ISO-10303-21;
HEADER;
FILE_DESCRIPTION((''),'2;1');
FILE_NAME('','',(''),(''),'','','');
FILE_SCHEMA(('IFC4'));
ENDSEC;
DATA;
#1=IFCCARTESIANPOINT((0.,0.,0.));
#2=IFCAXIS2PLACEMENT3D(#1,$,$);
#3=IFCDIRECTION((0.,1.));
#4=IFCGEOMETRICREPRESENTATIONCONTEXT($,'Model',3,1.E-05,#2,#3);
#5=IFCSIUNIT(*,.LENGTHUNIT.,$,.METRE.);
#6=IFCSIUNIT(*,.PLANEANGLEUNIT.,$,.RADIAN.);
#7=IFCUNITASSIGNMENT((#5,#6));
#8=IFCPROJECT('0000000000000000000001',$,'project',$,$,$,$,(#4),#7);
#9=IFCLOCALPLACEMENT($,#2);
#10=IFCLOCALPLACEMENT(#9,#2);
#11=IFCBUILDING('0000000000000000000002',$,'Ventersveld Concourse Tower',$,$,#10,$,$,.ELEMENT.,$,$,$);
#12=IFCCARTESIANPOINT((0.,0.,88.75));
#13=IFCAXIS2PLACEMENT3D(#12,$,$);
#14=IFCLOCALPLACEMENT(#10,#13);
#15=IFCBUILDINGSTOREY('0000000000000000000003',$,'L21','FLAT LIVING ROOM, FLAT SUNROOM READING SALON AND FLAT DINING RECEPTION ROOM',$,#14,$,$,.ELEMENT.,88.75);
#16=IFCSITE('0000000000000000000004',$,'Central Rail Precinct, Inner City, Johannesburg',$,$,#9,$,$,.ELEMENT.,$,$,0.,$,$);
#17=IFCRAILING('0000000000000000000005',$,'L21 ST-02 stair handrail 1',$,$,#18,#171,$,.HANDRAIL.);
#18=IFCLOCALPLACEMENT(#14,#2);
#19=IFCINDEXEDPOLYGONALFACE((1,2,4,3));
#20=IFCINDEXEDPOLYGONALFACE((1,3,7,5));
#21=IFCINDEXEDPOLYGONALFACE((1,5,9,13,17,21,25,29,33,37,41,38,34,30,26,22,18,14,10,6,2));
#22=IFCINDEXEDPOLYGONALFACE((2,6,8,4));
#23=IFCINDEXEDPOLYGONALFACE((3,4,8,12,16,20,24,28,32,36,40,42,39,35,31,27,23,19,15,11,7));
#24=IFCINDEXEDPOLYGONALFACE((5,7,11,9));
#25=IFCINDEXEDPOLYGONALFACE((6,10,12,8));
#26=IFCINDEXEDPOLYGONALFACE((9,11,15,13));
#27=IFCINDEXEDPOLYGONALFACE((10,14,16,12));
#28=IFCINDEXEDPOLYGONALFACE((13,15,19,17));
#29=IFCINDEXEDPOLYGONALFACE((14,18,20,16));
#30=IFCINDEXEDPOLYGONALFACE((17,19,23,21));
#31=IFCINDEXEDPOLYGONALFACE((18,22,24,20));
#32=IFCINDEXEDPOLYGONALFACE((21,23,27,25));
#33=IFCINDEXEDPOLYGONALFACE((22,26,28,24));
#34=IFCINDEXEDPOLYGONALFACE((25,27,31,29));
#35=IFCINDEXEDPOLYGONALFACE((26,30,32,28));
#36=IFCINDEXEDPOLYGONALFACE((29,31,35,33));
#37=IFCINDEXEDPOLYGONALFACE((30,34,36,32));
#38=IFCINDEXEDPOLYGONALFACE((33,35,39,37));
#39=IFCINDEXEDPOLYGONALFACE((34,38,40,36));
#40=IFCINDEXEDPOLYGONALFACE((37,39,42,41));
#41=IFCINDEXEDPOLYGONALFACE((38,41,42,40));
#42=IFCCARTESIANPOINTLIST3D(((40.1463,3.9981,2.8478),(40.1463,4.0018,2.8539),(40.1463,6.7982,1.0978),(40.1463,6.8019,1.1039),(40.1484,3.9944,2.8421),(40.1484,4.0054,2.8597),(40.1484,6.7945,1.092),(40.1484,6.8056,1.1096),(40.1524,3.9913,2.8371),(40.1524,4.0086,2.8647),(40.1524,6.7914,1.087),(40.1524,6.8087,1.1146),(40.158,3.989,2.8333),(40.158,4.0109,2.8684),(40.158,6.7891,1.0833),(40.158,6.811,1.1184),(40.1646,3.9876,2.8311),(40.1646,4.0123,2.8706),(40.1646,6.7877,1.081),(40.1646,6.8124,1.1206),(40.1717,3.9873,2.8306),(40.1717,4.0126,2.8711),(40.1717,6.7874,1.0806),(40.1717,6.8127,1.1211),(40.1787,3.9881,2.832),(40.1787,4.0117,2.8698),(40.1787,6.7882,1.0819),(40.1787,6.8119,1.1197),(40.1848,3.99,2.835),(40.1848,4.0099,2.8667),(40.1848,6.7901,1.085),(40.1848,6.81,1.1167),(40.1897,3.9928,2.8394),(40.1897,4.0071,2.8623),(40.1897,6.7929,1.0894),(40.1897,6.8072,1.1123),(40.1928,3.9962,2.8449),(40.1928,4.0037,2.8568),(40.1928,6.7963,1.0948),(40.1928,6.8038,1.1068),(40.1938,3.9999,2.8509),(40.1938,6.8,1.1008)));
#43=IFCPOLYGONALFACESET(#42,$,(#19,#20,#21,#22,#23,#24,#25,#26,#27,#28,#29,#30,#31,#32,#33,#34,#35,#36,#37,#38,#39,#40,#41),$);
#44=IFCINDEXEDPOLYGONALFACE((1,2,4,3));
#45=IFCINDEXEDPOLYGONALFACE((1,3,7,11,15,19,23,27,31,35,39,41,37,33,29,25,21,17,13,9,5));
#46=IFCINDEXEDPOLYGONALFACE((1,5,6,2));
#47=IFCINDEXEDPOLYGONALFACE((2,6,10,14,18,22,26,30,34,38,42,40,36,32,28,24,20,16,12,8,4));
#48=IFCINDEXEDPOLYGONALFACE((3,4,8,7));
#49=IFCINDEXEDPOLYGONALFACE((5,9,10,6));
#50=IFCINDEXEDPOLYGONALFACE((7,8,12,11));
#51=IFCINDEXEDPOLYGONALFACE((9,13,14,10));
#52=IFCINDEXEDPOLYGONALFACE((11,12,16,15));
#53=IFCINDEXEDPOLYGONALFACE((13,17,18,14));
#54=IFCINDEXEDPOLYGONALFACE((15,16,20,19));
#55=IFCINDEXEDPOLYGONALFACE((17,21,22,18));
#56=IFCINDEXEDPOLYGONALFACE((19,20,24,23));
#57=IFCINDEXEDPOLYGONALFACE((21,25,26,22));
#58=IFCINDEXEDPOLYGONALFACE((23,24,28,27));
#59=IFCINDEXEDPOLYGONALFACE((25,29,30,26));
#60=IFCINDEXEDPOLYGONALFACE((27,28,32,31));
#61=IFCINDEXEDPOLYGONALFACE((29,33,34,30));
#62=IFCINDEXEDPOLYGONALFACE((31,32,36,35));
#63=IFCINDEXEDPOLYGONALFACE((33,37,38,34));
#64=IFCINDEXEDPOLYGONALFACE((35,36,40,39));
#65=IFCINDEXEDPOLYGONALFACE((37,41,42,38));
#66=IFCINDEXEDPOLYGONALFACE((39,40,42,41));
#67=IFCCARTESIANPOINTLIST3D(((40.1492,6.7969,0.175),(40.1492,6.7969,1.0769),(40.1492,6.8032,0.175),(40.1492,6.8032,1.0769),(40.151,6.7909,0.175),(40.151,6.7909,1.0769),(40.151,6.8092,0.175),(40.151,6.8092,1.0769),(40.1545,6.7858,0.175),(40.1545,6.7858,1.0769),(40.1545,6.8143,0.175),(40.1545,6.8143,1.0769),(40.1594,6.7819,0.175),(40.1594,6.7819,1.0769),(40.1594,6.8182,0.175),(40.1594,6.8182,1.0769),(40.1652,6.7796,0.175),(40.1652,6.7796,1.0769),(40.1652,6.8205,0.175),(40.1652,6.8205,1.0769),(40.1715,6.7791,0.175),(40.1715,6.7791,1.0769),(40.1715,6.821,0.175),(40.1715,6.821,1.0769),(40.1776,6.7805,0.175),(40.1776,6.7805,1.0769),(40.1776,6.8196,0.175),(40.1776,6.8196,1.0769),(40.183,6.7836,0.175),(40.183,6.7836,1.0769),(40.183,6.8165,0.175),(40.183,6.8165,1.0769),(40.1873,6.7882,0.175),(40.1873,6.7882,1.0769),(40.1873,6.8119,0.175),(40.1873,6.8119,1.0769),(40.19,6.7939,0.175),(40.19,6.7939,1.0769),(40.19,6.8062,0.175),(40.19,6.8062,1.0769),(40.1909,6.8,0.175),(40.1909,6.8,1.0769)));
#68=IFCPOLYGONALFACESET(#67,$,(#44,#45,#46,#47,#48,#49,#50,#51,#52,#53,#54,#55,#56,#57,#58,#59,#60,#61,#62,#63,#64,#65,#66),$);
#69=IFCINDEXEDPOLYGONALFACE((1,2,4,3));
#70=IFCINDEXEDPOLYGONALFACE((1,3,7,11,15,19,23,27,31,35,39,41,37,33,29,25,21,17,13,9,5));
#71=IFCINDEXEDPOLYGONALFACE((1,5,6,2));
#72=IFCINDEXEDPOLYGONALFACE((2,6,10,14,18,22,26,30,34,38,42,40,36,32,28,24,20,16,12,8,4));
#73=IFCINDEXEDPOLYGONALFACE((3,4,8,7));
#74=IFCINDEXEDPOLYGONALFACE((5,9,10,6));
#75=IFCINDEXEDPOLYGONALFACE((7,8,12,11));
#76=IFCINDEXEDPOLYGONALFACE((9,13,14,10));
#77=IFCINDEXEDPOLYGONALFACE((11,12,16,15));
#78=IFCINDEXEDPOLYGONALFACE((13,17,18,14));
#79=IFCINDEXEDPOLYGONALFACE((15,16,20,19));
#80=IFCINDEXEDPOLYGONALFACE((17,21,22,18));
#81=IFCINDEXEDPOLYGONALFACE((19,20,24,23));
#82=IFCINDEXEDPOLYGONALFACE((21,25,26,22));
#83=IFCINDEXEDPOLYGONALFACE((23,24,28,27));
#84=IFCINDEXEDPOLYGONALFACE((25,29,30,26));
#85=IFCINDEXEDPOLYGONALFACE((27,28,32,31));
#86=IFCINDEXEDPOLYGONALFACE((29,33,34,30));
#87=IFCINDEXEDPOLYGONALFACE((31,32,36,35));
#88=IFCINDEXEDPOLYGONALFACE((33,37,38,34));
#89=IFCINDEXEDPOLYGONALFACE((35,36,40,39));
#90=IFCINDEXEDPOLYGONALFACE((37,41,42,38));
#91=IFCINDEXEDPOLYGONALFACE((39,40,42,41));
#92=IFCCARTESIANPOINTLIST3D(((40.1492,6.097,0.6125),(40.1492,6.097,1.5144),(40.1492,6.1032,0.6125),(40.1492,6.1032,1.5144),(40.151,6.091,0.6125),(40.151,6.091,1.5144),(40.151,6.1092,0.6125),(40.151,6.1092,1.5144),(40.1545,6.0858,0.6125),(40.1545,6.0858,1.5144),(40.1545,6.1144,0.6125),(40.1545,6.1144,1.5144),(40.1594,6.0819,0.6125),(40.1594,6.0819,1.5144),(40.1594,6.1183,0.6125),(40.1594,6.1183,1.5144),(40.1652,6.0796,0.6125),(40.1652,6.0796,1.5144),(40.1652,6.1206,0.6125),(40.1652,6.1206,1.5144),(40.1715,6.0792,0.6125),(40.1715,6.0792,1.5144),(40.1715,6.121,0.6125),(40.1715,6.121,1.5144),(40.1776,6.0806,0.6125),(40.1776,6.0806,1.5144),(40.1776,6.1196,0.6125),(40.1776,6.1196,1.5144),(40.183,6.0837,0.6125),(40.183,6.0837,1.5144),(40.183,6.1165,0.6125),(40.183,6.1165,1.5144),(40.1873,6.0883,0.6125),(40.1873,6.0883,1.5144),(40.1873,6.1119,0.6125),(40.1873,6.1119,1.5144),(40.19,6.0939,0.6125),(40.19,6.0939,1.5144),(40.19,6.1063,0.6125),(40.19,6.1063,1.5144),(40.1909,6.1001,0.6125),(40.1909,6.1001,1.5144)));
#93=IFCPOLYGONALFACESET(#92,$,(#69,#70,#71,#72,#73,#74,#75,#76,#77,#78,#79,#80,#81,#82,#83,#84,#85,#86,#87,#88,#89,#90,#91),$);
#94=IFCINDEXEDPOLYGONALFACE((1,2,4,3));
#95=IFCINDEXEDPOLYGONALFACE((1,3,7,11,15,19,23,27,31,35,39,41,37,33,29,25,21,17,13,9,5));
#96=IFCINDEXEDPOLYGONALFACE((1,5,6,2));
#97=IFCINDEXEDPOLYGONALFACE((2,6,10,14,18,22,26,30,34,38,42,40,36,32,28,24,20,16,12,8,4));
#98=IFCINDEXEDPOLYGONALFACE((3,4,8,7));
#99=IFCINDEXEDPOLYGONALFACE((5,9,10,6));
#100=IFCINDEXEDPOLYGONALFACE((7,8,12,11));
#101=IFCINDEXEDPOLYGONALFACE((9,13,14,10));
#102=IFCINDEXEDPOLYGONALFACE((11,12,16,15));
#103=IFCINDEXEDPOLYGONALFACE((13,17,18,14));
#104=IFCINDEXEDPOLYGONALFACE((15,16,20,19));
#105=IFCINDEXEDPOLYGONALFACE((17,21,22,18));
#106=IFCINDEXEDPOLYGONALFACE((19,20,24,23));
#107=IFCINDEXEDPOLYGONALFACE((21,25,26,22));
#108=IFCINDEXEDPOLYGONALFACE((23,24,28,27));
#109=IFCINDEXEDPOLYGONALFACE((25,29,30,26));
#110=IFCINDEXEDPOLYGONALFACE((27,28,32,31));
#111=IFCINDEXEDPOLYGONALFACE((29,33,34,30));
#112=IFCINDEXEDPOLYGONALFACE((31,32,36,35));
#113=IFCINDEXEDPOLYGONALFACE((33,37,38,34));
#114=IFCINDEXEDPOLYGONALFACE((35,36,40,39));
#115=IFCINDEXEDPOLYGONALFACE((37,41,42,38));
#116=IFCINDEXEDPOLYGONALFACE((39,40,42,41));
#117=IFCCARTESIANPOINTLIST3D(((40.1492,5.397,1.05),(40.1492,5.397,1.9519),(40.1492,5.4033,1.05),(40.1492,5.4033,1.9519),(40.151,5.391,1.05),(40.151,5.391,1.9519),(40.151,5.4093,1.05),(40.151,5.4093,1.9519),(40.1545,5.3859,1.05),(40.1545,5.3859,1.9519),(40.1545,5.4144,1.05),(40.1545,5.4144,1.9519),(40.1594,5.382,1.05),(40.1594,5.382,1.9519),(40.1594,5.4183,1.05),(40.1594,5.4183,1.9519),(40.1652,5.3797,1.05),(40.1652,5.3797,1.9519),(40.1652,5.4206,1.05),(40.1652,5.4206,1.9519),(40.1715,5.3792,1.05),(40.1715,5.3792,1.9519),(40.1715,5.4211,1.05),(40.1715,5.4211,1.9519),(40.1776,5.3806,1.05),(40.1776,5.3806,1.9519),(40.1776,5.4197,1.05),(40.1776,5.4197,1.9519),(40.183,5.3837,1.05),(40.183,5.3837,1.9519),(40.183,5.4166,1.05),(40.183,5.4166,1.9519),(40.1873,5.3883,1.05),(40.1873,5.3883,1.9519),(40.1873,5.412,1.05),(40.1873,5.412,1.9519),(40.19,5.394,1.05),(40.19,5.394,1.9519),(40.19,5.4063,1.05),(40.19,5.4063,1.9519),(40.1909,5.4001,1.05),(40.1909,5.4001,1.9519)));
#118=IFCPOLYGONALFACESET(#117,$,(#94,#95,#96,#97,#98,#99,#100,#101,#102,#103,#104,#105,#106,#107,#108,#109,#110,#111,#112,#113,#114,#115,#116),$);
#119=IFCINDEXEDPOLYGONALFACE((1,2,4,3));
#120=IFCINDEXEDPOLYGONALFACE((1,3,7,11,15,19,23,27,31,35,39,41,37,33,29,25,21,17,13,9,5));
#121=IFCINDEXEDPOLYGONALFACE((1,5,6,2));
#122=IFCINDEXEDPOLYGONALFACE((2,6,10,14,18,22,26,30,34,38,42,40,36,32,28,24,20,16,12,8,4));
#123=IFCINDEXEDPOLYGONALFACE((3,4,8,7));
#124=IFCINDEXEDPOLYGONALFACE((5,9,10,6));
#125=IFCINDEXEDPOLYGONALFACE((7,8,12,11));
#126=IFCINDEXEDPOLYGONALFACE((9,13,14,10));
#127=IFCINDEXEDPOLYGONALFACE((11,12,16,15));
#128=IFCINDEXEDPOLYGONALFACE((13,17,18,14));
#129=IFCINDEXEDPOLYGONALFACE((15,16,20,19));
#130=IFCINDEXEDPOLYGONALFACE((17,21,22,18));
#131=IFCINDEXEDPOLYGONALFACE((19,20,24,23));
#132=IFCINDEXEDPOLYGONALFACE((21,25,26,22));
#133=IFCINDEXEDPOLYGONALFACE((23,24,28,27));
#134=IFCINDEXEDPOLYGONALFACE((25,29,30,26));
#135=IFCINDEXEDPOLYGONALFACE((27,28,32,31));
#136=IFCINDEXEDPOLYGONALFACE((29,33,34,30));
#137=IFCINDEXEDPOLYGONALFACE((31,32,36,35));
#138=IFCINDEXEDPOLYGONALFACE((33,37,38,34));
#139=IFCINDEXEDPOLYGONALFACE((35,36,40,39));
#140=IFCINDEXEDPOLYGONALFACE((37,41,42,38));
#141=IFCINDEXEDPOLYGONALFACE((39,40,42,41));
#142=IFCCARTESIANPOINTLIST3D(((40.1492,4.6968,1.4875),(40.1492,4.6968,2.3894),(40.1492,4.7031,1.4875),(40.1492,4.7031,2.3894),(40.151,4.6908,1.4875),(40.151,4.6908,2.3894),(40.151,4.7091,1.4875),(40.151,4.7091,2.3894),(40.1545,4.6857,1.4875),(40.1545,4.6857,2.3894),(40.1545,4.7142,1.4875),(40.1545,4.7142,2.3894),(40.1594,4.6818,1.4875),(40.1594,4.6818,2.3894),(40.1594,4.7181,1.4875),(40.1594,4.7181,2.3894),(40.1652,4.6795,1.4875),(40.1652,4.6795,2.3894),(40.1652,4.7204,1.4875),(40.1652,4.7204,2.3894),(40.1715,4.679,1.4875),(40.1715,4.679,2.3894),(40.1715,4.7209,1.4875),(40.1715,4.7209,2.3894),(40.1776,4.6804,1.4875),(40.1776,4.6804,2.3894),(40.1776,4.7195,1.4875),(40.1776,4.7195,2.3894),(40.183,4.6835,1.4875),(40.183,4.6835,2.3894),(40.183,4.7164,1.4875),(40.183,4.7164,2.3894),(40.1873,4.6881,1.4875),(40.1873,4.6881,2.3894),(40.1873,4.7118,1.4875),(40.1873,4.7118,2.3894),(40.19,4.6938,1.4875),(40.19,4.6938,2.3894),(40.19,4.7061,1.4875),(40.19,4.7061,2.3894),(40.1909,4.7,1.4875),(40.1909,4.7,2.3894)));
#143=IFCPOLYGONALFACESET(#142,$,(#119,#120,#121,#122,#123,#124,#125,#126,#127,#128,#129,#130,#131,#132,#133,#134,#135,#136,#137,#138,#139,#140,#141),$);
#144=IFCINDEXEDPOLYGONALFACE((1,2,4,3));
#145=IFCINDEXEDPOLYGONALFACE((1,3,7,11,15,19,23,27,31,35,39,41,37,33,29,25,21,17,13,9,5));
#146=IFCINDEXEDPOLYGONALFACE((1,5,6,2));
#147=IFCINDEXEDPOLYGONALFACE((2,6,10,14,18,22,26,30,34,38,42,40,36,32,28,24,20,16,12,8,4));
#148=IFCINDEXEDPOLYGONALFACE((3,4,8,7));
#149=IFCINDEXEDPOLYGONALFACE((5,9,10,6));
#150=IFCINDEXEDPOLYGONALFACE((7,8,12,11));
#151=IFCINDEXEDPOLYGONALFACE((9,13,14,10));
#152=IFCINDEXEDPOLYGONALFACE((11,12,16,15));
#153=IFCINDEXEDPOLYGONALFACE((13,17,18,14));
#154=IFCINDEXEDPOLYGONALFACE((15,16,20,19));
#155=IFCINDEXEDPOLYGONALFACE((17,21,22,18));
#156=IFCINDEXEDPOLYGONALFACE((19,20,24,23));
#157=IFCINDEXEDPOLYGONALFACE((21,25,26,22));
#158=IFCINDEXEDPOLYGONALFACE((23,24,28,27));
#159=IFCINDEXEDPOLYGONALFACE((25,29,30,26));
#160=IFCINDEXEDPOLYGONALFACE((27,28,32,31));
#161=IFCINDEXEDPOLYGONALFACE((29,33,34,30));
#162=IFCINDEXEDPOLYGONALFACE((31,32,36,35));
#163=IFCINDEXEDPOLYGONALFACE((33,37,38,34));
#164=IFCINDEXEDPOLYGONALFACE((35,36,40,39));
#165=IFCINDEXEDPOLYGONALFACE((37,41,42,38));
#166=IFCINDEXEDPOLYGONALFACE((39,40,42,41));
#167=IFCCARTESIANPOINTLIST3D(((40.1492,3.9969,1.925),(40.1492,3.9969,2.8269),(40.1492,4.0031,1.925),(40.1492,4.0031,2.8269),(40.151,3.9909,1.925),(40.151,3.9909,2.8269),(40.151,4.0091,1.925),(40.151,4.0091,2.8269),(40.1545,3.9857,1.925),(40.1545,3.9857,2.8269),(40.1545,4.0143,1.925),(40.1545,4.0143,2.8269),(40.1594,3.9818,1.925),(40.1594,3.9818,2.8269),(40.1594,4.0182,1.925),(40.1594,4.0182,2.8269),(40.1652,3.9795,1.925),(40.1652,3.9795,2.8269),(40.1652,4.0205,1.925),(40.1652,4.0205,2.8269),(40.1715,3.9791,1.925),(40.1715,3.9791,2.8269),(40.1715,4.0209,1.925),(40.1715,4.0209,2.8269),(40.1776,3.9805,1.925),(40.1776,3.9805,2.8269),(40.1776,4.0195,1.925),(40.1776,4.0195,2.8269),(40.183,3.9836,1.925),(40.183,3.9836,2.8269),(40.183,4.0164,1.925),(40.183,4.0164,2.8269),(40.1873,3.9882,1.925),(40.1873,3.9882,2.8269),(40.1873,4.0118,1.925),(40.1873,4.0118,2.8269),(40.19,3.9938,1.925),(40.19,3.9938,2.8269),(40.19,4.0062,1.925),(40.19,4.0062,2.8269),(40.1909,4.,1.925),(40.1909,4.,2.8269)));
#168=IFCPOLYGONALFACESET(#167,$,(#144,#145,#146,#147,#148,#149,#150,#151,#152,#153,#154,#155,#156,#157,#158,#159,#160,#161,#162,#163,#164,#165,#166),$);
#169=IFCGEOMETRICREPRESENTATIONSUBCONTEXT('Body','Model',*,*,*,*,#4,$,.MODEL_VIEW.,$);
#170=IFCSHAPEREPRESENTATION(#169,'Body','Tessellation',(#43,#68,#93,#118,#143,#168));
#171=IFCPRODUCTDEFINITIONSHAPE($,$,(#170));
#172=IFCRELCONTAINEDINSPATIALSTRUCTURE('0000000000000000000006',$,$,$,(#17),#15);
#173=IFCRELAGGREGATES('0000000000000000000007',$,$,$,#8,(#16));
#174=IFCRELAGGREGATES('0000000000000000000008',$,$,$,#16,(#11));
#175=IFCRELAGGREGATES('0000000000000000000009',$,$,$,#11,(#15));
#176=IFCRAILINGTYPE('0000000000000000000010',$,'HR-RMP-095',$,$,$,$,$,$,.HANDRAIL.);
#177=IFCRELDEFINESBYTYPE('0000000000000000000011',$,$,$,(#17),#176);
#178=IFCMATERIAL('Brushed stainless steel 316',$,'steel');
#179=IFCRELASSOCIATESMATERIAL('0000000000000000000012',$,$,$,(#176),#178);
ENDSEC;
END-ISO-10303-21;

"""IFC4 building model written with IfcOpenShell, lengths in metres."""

from ifc_helpers import new_model, si_unit, direction, frame, origin, origin_2d, place, context, subcontext, project, spatial, circle, extrude, material, type_object, element, save


model = new_model("IFC4")

# Units and contexts
model_context = context("Model", 3, precision=1e-05, world=origin(), true_north=direction((0.0, 1.0)))
body_context = subcontext(model_context, "Body", "Model", "MODEL_VIEW")
ifc_project = project(units=[si_unit("LENGTHUNIT", "METRE"), si_unit("PLANEANGLEUNIT", "RADIAN")], contexts=[model_context])

# Site, building, storey
site_placement = place(None, origin())
site = spatial("IfcSite", under=ifc_project, at=site_placement, Name="Central Rail Precinct, Inner City, Johannesburg", CompositionType="ELEMENT", RefElevation=0.0)
building_placement = place(site_placement, origin())
building = spatial("IfcBuilding", under=site, at=building_placement, Name="Ventersveld Concourse Tower", CompositionType="ELEMENT")
storey_placement = place(building_placement, frame((0.0, 0.0, 88.75)))
storey = spatial("IfcBuildingStorey", under=building, at=storey_placement, Name="L21", Description="FLAT LIVING ROOM, FLAT SUNROOM READING SALON AND FLAT DINING RECEPTION ROOM", CompositionType="ELEMENT", Elevation=88.75)

# Railing
ifc_material_1 = material(Name="Brushed stainless steel 316", Category="steel")
railing_type_1 = type_object("IfcRailingType", Name="HR-RMP-095", PredefinedType="HANDRAIL", material=ifc_material_1)
railing_1_placement = place(storey_placement, frame((40.1699, 6.8, 0.175)))
element("IfcRailing", 1, at=railing_1_placement, inside=storey, type_object=railing_type_1, Name="L21 ST-02 stair handrail 1", PredefinedType="HANDRAIL", context=body_context, shape_type="SweptSolid", body=[
    extrude(circle(Radius=0.0239, at=origin_2d()), frame((0.0, 0.0, 0.9258), z_axis=(0.0, -0.848002, 0.529992), x_axis=(1.0, 0.0, 0.0)), (0.0, 0.0, 1.0), 3.302),
    extrude(circle(Radius=0.021, at=origin_2d()), origin(), (0.0, 0.0, 1.0), 0.9019),
    extrude(circle(Radius=0.021, at=origin_2d()), frame((0.0, -0.7, 0.4375)), (0.0, 0.0, 1.0), 0.9019),
    extrude(circle(Radius=0.021, at=origin_2d()), frame((0.0, -1.3999, 0.875)), (0.0, 0.0, 1.0), 0.9019),
    extrude(circle(Radius=0.021, at=origin_2d()), frame((0.0, -2.1001, 1.3125)), (0.0, 0.0, 1.0), 0.9019),
    extrude(circle(Radius=0.021, at=origin_2d()), frame((0.0, -2.8, 1.75)), (0.0, 0.0, 1.0), 0.9019),
])

save(model, "model.ifc")
